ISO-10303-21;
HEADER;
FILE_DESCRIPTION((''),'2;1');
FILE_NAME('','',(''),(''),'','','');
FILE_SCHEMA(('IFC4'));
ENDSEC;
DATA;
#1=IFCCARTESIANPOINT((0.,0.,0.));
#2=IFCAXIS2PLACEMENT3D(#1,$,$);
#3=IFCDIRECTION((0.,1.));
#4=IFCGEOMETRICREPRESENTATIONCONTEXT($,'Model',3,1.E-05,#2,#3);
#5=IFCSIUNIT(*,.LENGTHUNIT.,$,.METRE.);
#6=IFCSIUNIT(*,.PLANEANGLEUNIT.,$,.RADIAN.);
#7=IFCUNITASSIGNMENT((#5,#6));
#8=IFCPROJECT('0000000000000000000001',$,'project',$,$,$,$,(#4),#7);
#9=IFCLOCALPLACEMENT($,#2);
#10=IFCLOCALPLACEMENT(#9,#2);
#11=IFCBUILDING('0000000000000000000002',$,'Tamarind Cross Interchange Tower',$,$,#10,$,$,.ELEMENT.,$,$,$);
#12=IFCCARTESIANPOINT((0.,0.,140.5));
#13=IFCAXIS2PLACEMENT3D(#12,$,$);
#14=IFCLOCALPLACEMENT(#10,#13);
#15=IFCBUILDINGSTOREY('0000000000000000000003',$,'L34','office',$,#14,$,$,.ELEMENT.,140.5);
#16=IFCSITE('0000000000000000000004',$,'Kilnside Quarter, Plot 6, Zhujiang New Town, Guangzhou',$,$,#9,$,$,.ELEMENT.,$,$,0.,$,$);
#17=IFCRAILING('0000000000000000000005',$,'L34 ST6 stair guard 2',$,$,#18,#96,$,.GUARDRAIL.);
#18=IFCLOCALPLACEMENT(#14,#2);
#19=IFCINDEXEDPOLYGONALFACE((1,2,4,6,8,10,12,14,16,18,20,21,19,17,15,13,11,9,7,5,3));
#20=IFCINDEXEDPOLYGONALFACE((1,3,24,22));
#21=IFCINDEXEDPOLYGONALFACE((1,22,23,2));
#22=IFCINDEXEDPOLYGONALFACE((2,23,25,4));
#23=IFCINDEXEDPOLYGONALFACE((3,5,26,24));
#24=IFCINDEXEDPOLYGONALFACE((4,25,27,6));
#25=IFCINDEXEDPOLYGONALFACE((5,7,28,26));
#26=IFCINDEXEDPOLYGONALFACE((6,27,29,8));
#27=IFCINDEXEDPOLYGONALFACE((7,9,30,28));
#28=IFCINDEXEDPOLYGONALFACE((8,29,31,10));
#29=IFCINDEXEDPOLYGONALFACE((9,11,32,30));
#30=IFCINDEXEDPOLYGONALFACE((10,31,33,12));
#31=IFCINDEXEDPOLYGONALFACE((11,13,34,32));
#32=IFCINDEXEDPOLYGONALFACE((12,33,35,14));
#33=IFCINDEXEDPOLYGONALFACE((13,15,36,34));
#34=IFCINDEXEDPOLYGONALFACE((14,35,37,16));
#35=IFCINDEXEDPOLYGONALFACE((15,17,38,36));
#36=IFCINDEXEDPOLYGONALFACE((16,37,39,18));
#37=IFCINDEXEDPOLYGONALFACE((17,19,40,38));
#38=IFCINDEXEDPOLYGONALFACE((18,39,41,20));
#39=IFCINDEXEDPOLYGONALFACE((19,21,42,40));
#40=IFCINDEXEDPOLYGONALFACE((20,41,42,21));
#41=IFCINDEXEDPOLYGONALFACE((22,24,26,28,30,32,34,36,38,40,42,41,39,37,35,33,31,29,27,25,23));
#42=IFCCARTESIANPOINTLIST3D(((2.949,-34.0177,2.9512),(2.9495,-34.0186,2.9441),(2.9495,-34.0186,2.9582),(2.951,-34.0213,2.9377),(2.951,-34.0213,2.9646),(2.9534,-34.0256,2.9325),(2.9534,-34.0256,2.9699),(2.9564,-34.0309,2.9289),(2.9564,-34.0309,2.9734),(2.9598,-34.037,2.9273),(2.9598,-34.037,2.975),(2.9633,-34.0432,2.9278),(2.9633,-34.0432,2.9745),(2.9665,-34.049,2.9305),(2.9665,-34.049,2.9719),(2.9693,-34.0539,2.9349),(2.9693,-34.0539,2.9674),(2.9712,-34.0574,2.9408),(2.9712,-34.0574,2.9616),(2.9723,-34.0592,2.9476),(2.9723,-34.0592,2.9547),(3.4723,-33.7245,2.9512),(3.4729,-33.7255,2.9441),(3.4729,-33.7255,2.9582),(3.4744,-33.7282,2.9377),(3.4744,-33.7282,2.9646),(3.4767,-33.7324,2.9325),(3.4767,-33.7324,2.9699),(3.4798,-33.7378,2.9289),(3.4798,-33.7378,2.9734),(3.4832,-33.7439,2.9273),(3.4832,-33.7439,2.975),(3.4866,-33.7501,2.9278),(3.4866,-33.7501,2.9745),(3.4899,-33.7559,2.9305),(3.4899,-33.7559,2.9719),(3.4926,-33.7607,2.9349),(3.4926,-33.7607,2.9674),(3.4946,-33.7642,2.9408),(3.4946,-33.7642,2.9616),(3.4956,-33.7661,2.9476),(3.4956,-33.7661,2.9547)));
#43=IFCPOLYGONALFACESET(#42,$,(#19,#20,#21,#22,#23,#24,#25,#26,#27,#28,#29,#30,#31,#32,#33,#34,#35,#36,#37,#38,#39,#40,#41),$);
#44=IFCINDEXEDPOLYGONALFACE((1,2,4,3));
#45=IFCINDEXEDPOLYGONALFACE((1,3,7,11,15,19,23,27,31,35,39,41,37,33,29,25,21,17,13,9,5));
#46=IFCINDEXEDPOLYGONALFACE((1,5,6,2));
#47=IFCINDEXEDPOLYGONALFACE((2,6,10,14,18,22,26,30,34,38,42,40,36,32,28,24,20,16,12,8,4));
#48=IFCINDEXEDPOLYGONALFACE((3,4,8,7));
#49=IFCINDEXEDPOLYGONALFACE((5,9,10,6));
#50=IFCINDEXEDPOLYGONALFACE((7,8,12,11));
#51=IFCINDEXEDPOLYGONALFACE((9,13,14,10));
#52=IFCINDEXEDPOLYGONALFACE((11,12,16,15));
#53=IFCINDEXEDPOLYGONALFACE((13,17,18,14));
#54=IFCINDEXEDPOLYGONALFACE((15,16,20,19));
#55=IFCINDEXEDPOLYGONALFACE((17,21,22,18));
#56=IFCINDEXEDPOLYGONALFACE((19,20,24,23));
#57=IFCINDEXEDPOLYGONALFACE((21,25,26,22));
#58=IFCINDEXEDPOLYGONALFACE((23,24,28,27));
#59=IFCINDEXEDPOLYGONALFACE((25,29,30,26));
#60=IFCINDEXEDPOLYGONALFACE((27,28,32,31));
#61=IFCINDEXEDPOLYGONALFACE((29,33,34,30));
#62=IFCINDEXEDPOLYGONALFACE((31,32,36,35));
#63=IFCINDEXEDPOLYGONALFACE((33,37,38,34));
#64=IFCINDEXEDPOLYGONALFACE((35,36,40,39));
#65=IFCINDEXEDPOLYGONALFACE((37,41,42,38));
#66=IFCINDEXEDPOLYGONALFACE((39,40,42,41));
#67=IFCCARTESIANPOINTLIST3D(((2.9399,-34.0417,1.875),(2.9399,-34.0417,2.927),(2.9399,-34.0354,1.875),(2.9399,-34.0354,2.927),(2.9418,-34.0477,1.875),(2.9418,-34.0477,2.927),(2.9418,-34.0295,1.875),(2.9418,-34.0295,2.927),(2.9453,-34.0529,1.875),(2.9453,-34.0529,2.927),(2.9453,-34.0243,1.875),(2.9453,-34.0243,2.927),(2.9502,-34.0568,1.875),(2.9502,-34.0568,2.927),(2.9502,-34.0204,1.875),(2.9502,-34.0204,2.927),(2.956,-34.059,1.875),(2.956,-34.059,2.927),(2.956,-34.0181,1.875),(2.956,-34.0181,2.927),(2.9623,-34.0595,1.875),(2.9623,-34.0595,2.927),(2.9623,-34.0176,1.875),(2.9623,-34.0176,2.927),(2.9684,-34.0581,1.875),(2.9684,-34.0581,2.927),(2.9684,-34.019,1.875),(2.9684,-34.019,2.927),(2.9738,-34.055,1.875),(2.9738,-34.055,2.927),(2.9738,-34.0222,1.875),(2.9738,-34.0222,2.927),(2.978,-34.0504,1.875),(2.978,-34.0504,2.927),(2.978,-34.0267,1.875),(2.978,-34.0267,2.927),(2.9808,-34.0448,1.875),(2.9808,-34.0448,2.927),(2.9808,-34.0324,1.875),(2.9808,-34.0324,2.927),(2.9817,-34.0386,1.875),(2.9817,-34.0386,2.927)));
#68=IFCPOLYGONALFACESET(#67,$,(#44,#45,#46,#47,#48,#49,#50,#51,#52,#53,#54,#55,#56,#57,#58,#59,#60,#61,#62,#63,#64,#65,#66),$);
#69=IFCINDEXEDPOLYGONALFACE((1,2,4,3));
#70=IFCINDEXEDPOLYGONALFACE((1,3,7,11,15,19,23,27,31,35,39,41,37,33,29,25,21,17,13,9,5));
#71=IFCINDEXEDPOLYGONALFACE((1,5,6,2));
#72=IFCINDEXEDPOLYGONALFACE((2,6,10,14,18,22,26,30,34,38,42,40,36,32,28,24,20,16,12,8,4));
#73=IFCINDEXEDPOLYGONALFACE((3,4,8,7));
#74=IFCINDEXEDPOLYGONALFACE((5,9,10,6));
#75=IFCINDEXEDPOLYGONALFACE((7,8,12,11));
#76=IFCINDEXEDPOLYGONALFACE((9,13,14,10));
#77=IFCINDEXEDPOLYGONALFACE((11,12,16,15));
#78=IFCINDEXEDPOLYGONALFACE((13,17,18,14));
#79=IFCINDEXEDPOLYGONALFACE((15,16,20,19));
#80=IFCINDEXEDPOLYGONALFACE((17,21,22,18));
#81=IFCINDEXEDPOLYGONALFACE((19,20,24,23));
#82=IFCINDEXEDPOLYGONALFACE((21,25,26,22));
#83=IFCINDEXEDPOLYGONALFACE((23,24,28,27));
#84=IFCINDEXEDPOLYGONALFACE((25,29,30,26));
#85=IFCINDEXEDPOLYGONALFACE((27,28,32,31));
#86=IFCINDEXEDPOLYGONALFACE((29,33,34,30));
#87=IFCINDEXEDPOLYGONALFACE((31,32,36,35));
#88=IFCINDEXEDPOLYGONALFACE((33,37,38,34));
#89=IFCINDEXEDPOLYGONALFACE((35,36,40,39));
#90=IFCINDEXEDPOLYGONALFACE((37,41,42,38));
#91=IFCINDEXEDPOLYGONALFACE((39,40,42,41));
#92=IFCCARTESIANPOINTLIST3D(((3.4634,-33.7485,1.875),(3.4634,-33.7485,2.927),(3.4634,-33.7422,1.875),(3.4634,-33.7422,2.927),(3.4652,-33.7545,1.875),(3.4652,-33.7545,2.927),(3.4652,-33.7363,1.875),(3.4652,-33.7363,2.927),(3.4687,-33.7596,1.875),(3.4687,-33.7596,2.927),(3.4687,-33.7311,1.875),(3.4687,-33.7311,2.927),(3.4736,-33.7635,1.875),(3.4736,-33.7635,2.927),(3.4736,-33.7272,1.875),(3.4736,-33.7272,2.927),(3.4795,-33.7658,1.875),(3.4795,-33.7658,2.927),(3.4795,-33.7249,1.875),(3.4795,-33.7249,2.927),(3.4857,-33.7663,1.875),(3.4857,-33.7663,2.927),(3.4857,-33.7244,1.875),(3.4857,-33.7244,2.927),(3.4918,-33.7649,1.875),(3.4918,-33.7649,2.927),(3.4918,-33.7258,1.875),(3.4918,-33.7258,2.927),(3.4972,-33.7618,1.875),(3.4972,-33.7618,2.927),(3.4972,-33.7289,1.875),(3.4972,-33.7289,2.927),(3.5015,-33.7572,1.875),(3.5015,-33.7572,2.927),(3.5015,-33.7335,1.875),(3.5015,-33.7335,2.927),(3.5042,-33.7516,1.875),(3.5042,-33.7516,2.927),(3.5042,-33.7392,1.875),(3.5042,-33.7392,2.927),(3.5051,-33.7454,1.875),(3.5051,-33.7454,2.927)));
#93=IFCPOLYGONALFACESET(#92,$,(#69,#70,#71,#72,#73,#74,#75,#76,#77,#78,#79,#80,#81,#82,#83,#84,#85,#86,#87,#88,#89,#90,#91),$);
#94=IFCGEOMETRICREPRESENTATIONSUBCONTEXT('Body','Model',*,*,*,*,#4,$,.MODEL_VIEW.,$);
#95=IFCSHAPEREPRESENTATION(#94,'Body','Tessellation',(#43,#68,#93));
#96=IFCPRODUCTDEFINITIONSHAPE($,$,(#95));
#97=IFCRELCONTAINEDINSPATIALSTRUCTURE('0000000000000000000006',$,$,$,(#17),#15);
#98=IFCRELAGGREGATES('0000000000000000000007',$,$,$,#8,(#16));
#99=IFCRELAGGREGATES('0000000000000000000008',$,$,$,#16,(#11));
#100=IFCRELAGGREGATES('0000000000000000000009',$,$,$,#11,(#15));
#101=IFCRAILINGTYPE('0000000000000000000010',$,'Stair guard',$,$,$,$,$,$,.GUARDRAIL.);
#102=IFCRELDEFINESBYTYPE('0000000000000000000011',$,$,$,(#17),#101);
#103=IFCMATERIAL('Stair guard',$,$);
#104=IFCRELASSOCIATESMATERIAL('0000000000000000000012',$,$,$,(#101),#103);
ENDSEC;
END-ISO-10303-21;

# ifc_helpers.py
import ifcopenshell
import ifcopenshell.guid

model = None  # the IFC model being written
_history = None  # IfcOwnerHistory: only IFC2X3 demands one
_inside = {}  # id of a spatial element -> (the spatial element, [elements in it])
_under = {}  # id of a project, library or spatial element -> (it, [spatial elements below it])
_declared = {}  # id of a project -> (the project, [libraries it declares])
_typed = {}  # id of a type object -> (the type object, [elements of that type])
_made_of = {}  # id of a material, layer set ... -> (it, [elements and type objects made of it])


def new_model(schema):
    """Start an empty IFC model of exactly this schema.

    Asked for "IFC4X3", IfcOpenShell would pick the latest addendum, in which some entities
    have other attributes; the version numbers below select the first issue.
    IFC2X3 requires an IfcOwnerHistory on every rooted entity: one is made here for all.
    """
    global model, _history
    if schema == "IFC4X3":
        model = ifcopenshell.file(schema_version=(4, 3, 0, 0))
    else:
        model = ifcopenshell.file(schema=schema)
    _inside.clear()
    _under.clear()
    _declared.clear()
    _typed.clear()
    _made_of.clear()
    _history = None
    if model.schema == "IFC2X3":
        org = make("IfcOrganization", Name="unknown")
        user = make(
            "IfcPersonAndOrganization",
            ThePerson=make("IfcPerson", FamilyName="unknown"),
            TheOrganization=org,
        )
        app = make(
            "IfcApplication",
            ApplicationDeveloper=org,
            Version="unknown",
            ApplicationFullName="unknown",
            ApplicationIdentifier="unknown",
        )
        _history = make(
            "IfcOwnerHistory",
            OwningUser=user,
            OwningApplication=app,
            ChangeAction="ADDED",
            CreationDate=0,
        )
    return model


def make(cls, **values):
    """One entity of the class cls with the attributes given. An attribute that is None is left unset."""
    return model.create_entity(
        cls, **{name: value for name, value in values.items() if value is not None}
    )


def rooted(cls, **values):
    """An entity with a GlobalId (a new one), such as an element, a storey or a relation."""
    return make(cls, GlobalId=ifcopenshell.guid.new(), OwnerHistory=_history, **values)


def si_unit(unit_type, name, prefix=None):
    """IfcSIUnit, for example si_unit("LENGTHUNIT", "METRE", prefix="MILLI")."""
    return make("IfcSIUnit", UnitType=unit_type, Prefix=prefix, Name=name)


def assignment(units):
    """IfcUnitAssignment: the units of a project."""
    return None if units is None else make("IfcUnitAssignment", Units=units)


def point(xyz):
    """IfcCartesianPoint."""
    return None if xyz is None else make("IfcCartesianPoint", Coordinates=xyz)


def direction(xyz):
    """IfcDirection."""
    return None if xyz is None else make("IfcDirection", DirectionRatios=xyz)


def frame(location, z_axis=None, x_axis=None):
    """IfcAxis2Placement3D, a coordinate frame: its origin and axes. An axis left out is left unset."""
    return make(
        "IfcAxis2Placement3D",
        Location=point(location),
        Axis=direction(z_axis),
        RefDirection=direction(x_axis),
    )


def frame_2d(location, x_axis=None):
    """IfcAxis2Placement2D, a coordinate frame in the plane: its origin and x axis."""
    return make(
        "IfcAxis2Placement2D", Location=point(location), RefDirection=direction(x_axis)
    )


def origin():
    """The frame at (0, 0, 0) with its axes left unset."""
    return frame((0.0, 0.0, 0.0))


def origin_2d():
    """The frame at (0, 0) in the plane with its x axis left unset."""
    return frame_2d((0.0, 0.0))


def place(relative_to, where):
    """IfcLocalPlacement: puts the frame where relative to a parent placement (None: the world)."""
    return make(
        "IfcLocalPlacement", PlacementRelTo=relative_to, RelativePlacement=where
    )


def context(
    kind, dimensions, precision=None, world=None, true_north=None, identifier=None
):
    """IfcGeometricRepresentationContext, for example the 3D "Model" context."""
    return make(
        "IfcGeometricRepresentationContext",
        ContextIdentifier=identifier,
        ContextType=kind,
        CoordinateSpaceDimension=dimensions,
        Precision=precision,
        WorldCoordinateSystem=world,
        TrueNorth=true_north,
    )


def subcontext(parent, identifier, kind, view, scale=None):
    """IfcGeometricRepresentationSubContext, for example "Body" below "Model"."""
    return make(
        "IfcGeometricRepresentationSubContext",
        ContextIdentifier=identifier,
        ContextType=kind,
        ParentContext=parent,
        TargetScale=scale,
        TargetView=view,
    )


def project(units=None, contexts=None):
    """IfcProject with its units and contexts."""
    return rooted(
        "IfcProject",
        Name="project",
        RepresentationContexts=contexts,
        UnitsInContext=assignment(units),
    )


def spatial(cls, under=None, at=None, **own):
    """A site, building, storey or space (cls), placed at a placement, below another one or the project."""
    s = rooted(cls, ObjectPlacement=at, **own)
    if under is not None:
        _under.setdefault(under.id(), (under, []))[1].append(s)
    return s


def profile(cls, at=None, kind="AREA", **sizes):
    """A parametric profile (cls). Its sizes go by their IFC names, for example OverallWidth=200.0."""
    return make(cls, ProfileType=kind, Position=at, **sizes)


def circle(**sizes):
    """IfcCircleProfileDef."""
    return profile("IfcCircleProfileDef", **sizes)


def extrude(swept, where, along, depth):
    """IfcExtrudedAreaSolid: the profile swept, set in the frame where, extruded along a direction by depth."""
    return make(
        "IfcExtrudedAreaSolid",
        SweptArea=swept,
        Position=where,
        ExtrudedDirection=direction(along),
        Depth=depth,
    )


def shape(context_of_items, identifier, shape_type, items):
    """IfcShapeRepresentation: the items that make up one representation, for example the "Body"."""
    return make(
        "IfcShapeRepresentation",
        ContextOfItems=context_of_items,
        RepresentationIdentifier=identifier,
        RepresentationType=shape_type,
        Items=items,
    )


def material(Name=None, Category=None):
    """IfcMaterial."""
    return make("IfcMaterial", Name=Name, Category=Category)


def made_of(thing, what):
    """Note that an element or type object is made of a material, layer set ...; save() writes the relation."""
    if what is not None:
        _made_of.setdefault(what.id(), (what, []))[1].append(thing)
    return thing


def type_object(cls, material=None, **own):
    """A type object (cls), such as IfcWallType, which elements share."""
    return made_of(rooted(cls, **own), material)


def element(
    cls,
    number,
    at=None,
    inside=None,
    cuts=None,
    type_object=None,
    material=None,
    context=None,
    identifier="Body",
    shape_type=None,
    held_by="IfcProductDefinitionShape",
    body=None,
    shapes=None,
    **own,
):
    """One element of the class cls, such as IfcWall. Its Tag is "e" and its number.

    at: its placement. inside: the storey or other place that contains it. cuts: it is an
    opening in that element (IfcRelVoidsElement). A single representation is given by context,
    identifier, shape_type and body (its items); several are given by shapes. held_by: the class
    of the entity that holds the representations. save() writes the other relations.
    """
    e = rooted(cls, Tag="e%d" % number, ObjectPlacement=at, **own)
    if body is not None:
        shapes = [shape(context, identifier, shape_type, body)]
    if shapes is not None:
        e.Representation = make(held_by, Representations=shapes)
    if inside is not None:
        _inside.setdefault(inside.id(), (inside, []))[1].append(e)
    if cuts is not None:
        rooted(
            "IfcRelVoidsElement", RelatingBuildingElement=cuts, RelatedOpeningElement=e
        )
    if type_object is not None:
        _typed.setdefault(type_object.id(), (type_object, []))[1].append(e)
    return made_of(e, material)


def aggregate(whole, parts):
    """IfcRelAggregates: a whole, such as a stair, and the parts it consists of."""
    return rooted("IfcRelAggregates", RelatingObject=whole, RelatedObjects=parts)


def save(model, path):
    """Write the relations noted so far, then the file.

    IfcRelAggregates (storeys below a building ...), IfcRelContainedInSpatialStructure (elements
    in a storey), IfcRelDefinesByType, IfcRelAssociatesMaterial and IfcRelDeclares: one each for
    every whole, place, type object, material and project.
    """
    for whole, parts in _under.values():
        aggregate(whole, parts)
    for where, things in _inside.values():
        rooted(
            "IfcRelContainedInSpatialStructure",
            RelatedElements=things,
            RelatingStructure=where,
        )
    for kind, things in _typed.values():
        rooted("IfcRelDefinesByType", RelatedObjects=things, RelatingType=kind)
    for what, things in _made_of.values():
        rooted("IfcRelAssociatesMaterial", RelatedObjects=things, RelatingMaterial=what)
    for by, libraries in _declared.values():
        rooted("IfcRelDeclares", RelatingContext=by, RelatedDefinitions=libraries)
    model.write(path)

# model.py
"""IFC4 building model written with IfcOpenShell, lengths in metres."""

from ifc_helpers import new_model, si_unit, direction, frame, origin, origin_2d, place, context, subcontext, project, spatial, circle, extrude, material, type_object, element, save


model = new_model("IFC4")

# Units and contexts
model_context = context("Model", 3, precision=1e-05, world=origin(), true_north=direction((0.0, 1.0)))
body_context = subcontext(model_context, "Body", "Model", "MODEL_VIEW")
ifc_project = project(units=[si_unit("LENGTHUNIT", "METRE"), si_unit("PLANEANGLEUNIT", "RADIAN")], contexts=[model_context])

# Site, building, storey
site_placement = place(None, origin())
site = spatial("IfcSite", under=ifc_project, at=site_placement, Name="Kilnside Quarter, Plot 6, Zhujiang New Town, Guangzhou", CompositionType="ELEMENT", RefElevation=0.0)
building_placement = place(site_placement, origin())
building = spatial("IfcBuilding", under=site, at=building_placement, Name="Tamarind Cross Interchange Tower", CompositionType="ELEMENT")
storey_placement = place(building_placement, frame((0.0, 0.0, 140.5)))
storey = spatial("IfcBuildingStorey", under=building, at=storey_placement, Name="L34", Description="office", CompositionType="ELEMENT", Elevation=140.5)

# Railing
ifc_material_1 = material(Name="Stair guard")
railing_type_1 = type_object("IfcRailingType", Name="Stair guard", PredefinedType="GUARDRAIL", material=ifc_material_1)
railing_1_placement = place(storey_placement, frame((2.9607, -34.0386, 1.875)))
element("IfcRailing", 1, at=railing_1_placement, inside=storey, type_object=railing_type_1, Name="L34 ST6 stair guard 2", PredefinedType="GUARDRAIL", context=body_context, shape_type="SweptSolid", body=[
    extrude(circle(Radius=0.0239, at=origin_2d()), frame((0.0, 0.0, 1.0762), z_axis=(0.872444, 0.488715, 0.0), x_axis=(-0.488715, 0.872444, 0.0)), (0.0, 0.0, 1.0), 0.5999),
    extrude(circle(Radius=0.021, at=origin_2d()), origin(), (0.0, 0.0, 1.0), 1.052),
    extrude(circle(Radius=0.021, at=origin_2d()), frame((0.5234, 0.2932, 0.0)), (0.0, 0.0, 1.0), 1.052),
])

save(model, "model.ifc")
